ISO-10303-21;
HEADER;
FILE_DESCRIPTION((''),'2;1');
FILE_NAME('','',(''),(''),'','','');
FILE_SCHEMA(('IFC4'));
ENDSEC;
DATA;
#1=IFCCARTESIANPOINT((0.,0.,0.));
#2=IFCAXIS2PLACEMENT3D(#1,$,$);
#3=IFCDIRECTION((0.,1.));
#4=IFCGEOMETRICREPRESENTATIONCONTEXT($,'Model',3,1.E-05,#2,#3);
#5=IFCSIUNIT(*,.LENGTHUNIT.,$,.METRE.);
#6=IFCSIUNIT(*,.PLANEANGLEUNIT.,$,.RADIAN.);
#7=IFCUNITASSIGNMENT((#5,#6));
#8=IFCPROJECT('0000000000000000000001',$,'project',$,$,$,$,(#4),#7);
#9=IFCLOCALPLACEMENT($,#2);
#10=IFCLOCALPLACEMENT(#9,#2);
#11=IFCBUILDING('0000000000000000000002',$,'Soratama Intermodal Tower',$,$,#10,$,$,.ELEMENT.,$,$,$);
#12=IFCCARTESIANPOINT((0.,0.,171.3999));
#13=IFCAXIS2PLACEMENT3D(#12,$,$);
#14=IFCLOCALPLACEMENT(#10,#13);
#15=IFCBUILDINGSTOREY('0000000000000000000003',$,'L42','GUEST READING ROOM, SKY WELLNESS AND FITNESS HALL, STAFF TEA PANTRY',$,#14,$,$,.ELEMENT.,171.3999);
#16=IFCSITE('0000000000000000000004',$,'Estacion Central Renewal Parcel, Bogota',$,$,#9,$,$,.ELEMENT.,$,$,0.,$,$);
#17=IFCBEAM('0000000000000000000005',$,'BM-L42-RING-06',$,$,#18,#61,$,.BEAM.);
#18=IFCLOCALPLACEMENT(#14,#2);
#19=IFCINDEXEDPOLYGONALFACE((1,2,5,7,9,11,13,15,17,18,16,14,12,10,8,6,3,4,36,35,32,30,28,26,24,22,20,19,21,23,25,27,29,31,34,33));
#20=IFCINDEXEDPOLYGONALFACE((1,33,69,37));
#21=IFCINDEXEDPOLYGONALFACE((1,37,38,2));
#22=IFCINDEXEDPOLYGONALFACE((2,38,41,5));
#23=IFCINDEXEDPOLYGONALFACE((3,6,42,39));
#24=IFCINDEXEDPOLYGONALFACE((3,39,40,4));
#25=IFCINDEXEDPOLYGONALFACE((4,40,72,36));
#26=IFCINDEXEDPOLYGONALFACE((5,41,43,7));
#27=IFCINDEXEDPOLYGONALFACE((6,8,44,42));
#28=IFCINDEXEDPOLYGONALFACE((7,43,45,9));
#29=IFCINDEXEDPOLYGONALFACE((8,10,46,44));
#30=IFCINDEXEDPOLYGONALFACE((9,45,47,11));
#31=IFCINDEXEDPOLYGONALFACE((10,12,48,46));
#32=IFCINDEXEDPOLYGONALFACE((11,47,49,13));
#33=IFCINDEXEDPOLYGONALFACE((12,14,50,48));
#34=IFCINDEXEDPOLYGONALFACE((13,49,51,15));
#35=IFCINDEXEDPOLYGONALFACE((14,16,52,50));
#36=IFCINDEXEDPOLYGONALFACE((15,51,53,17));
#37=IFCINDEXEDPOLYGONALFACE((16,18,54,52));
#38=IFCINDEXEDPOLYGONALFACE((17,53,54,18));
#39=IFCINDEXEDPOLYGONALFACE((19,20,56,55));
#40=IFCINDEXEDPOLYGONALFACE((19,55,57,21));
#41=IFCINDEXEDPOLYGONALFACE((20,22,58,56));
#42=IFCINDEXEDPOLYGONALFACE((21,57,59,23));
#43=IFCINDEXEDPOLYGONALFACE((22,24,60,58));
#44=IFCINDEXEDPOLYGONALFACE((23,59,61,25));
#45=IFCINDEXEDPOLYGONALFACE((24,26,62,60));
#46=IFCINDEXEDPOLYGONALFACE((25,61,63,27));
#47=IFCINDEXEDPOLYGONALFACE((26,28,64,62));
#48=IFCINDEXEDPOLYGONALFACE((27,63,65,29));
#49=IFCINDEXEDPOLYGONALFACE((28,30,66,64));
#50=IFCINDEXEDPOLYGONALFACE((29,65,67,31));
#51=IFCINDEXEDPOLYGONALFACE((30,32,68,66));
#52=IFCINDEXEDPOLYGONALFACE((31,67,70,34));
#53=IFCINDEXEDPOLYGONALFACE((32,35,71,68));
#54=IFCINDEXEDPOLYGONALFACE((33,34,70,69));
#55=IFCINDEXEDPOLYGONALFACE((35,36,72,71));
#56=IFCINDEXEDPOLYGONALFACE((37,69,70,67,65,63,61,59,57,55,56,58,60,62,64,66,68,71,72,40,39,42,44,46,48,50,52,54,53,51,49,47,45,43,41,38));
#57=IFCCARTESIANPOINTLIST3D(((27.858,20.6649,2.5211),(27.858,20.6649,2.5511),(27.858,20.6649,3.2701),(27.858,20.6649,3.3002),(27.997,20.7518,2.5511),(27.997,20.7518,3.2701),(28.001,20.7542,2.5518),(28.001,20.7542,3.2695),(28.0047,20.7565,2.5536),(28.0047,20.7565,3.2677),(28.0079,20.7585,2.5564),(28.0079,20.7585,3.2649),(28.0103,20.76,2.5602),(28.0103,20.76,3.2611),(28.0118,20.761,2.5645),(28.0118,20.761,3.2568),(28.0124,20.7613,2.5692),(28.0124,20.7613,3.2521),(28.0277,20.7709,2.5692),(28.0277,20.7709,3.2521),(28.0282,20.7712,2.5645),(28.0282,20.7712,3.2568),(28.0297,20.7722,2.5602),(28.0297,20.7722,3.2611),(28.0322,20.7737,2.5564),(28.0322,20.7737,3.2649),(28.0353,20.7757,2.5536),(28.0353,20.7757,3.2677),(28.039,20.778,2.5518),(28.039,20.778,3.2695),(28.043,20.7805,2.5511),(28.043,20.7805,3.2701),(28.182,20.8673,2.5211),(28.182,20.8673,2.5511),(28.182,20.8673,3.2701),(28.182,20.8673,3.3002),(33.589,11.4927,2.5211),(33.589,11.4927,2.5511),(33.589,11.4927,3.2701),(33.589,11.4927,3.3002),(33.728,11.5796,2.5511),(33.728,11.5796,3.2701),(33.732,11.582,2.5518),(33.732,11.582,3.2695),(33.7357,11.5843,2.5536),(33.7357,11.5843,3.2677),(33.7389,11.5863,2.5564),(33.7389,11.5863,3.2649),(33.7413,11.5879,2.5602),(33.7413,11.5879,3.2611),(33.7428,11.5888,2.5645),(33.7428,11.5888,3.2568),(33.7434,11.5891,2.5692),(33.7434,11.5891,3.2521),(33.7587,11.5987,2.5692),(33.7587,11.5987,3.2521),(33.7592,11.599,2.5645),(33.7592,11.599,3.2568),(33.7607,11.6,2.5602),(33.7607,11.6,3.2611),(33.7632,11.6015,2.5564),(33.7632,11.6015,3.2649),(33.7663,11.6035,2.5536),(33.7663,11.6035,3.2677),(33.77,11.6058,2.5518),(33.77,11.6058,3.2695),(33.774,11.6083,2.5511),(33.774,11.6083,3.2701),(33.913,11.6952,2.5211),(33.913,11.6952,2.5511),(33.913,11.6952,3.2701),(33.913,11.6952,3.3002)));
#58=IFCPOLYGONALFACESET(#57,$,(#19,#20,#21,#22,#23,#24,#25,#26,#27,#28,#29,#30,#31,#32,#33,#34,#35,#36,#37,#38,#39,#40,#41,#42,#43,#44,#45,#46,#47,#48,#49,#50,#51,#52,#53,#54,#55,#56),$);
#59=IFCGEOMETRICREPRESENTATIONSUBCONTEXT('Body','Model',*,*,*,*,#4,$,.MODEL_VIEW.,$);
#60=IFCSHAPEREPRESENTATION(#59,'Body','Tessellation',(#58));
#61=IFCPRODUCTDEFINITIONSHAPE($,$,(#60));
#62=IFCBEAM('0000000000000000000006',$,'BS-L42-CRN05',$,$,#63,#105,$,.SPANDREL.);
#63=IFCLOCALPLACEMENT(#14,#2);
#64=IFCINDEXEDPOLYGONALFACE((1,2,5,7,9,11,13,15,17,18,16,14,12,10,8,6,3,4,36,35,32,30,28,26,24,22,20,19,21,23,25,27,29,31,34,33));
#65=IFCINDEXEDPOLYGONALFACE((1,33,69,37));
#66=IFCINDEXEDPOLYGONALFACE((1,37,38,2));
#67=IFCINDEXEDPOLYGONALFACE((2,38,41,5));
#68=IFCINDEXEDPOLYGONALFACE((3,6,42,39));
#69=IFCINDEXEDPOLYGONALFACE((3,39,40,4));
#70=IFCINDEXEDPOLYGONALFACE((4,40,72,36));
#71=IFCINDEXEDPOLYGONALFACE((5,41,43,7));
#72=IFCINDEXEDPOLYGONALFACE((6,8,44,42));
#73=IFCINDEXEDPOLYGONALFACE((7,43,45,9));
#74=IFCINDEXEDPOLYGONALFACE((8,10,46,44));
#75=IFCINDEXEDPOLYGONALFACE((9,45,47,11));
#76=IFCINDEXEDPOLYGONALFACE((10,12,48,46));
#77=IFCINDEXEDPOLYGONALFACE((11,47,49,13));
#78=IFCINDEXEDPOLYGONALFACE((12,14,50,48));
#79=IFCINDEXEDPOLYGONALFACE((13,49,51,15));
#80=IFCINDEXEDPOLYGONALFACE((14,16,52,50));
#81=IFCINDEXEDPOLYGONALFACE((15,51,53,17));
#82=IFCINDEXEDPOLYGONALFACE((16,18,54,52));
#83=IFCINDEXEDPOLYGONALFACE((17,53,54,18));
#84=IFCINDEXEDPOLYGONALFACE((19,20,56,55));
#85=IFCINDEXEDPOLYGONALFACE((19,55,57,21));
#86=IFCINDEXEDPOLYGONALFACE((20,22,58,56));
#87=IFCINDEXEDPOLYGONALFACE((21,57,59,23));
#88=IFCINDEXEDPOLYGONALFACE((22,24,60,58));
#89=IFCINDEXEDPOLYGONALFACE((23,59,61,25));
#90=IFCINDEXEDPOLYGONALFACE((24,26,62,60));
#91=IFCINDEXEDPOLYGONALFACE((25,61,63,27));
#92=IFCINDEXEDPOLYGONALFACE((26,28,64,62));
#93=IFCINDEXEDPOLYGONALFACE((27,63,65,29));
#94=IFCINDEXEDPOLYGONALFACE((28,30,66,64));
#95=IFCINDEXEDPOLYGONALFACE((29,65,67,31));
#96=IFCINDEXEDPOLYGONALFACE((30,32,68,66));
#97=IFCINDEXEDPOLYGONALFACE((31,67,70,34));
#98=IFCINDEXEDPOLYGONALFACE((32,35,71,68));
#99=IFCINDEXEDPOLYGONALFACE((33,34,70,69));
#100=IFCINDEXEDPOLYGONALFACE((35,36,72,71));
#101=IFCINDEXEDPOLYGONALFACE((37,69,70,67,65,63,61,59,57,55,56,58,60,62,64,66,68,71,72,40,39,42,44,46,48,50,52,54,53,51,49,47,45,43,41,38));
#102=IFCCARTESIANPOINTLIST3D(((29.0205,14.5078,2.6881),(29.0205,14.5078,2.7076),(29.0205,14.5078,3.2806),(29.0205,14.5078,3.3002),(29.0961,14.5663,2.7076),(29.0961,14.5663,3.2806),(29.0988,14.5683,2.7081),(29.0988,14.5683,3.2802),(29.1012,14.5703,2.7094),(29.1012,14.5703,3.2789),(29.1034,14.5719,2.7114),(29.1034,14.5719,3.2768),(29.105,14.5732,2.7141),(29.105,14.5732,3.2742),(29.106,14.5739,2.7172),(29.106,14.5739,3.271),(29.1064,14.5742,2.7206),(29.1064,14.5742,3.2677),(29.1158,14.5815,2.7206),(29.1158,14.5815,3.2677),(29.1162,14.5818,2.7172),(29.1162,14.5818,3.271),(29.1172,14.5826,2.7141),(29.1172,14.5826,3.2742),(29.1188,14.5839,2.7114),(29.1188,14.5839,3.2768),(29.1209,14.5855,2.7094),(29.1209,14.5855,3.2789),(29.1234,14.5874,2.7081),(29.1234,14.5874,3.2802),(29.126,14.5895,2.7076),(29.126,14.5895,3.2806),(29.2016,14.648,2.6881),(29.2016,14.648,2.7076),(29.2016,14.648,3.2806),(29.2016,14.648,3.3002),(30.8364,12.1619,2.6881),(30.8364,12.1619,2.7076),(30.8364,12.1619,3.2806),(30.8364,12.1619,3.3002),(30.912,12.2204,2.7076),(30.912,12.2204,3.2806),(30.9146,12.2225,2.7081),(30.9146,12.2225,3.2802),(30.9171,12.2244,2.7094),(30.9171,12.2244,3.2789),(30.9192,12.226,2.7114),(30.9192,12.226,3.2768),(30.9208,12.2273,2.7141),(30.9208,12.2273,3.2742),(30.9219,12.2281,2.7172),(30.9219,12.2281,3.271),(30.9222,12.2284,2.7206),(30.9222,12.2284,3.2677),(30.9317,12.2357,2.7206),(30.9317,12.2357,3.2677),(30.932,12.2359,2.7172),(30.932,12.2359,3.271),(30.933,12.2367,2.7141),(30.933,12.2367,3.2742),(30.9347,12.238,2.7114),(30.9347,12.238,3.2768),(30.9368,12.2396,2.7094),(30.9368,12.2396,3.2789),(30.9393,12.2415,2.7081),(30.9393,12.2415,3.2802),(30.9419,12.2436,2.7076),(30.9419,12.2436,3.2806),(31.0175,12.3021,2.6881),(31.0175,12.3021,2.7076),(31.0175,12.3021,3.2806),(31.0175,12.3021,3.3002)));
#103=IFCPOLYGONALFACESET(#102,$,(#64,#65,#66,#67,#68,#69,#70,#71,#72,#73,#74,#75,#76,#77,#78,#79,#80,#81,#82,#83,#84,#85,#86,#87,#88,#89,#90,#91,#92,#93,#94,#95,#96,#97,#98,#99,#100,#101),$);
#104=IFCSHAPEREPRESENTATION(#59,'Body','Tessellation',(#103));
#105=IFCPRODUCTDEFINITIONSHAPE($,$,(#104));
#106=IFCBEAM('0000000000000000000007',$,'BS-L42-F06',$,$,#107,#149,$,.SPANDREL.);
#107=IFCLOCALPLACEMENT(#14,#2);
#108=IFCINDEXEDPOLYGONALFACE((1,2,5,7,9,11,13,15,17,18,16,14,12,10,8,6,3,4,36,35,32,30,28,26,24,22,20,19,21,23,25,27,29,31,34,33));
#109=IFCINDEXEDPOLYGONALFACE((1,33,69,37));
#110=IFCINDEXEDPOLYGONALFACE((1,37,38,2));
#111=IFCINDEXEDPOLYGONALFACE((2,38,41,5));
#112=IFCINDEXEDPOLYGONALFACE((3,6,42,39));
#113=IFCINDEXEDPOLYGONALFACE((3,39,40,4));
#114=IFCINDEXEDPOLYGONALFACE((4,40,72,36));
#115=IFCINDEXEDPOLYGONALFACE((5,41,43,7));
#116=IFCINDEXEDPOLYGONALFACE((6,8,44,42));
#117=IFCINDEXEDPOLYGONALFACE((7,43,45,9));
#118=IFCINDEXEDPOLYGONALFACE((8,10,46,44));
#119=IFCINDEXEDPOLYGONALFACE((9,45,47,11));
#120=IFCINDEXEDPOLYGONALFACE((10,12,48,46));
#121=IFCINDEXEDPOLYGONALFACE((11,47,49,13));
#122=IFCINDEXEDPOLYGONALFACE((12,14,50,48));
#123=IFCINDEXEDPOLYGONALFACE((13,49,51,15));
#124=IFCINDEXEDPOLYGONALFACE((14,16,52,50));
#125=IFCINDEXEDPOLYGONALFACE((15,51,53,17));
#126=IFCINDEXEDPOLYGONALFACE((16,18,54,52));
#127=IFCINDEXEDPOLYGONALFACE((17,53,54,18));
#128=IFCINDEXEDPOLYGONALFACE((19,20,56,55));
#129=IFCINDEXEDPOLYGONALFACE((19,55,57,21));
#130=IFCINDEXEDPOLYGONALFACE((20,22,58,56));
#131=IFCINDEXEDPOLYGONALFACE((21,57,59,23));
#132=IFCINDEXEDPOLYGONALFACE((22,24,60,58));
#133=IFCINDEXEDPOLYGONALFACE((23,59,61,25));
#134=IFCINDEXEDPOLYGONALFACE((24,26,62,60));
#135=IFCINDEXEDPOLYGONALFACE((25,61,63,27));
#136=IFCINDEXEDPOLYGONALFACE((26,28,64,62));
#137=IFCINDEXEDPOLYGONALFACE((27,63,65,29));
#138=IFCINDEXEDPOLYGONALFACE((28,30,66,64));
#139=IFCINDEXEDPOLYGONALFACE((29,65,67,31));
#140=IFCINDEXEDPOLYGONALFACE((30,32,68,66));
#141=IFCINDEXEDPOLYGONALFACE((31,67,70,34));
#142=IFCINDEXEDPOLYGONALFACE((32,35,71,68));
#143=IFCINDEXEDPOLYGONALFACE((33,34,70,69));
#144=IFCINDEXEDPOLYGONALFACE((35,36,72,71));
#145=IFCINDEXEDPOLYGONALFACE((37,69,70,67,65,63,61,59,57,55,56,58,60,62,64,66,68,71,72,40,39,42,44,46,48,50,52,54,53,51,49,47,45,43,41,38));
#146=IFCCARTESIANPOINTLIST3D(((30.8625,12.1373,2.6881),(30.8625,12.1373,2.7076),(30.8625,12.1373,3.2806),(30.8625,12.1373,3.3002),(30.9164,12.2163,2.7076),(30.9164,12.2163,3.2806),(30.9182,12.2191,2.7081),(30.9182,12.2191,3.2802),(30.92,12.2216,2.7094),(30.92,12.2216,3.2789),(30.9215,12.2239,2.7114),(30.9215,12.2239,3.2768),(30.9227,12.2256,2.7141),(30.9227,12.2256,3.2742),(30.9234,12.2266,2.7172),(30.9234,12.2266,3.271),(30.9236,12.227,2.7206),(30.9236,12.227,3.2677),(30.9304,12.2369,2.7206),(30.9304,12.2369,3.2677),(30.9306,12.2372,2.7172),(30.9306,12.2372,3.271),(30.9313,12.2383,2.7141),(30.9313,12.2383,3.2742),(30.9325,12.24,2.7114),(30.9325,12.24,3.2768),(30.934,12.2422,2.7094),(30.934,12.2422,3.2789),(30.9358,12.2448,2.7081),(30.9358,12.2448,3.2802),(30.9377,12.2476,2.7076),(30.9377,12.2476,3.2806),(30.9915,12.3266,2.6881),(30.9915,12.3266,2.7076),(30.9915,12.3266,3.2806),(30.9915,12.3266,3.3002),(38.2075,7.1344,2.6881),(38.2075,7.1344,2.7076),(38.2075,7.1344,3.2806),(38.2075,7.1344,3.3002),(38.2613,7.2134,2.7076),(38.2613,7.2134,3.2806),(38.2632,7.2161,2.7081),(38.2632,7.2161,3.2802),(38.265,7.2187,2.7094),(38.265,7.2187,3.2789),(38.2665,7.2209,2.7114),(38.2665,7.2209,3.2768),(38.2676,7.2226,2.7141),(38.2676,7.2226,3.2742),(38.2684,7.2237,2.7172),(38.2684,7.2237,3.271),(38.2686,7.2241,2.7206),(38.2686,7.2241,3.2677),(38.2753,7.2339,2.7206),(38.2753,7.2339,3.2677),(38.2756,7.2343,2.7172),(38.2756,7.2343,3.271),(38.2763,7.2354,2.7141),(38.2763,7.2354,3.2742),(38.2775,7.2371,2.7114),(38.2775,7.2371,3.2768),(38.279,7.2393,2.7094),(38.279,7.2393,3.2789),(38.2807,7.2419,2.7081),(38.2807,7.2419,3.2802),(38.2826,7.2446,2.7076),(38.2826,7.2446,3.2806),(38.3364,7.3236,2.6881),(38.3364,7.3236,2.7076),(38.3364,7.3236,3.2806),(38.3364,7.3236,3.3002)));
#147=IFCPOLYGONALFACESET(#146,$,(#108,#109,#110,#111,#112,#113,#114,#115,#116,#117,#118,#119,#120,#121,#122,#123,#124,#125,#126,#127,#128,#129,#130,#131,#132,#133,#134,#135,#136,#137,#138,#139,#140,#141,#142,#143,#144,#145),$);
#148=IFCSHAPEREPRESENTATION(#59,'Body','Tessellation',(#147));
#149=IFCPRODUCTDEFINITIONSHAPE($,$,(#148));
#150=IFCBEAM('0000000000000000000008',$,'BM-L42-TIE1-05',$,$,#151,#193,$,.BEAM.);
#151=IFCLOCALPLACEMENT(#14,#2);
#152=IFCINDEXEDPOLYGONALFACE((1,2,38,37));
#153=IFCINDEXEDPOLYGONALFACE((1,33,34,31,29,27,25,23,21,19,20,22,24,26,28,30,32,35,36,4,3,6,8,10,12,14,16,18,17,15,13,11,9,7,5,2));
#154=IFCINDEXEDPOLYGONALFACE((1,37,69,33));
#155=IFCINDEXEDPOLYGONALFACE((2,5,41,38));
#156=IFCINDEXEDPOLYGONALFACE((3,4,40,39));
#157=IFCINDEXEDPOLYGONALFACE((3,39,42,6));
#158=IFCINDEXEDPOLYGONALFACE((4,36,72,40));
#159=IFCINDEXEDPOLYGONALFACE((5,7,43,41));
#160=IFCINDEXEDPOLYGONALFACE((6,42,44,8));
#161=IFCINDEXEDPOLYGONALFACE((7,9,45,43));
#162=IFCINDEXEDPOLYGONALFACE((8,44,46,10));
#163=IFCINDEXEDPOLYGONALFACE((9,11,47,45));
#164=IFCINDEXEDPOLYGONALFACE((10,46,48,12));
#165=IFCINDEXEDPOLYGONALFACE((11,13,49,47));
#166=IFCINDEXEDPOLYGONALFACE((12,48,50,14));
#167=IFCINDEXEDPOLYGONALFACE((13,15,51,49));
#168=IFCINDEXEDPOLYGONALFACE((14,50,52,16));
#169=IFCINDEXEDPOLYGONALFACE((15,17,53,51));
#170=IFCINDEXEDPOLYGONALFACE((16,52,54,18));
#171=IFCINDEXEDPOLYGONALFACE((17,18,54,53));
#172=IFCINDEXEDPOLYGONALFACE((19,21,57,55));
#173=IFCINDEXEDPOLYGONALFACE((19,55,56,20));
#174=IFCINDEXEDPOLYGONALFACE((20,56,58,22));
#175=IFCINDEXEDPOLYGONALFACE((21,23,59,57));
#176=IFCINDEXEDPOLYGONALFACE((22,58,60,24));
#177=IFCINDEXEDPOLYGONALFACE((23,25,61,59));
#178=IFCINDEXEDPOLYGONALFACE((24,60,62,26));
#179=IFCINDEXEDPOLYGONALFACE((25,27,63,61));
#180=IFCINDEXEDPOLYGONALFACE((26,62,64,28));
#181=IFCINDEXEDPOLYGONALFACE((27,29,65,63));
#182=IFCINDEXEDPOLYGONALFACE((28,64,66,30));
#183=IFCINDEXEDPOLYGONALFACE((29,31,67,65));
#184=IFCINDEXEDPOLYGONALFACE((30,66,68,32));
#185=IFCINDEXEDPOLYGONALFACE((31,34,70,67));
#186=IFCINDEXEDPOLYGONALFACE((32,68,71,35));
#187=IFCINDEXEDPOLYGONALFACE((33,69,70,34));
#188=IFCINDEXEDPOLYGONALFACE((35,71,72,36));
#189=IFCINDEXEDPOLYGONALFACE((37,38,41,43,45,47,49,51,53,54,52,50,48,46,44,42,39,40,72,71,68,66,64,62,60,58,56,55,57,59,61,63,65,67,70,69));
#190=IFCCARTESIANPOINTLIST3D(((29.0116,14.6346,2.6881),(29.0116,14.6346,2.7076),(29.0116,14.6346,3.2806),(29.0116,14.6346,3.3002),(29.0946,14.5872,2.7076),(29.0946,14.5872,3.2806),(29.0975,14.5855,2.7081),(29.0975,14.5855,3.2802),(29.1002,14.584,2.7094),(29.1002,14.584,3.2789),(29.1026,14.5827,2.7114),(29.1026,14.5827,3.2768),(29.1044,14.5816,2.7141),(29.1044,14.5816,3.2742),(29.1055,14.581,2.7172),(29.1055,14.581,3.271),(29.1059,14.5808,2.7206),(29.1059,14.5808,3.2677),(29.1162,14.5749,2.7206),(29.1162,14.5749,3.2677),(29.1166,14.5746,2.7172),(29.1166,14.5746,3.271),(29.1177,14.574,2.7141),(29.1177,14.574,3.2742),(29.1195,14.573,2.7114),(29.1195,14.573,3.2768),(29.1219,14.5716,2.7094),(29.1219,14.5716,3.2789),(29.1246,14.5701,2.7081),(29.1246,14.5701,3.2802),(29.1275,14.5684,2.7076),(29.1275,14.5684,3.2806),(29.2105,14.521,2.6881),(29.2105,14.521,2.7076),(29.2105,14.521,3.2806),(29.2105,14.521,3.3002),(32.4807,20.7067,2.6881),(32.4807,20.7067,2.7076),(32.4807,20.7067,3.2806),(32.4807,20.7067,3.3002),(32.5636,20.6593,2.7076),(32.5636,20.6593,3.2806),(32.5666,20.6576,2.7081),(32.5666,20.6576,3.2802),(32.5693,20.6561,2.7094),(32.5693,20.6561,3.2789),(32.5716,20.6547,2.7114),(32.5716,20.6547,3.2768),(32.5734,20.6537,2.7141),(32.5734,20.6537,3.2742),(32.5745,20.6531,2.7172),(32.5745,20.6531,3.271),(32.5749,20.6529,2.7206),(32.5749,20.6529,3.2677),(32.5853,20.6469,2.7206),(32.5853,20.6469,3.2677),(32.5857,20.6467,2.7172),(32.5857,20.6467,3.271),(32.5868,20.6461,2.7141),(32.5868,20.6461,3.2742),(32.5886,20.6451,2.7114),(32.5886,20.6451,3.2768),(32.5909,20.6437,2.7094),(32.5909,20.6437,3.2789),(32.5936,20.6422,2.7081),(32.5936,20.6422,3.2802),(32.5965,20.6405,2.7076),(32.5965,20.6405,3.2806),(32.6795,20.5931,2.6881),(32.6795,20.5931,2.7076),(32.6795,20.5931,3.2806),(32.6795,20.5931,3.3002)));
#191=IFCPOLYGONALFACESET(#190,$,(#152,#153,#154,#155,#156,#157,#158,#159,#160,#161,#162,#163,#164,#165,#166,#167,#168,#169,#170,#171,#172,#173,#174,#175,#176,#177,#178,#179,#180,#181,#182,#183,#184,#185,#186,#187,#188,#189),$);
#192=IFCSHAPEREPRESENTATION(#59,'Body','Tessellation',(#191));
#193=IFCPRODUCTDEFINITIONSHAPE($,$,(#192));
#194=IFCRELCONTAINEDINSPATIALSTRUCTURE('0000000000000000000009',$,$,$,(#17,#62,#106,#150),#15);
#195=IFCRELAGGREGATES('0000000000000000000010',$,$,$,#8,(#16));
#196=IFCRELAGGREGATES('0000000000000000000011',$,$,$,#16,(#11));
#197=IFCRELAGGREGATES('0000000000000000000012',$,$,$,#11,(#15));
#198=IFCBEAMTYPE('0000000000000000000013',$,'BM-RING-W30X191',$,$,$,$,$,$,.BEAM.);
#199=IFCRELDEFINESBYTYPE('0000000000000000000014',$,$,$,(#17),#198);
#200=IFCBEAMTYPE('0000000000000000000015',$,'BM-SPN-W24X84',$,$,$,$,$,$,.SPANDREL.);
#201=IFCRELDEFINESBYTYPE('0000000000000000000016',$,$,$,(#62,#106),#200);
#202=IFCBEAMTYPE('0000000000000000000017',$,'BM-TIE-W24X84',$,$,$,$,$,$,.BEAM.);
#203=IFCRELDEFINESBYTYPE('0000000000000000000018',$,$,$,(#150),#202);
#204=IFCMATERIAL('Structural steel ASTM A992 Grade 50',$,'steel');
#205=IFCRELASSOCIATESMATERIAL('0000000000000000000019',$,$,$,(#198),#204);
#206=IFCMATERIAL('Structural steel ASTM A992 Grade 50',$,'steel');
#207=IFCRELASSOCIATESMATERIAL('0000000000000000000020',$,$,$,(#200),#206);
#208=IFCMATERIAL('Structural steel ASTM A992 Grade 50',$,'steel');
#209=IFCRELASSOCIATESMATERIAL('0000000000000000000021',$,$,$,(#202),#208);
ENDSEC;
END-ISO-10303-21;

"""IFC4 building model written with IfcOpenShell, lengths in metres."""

from ifc_helpers import new_model, si_unit, direction, frame, origin, origin_2d, place, context, subcontext, project, spatial, i_section, extrude, material, material_profile, profile_set, type_object, element, save


model = new_model("IFC4")

# Units and contexts
model_context = context("Model", 3, precision=1e-05, world=origin(), true_north=direction((0.0, 1.0)))
body_context = subcontext(model_context, "Body", "Model", "MODEL_VIEW")
ifc_project = project(units=[si_unit("LENGTHUNIT", "METRE"), si_unit("PLANEANGLEUNIT", "RADIAN")], contexts=[model_context])

# Site, building, storey
site_placement = place(None, origin())
site = spatial("IfcSite", under=ifc_project, at=site_placement, Name="Estacion Central Renewal Parcel, Bogota", CompositionType="ELEMENT", RefElevation=0.0)
building_placement = place(site_placement, origin())
building = spatial("IfcBuilding", under=site, at=building_placement, Name="Soratama Intermodal Tower", CompositionType="ELEMENT")
storey_placement = place(building_placement, frame((0.0, 0.0, 171.3999)))
storey = spatial("IfcBuildingStorey", under=building, at=storey_placement, Name="L42", Description="GUEST READING ROOM, SKY WELLNESS AND FITNESS HALL, STAFF TEA PANTRY", CompositionType="ELEMENT", Elevation=171.3999)

# Beams
ifc_material_1 = material(Name="Structural steel ASTM A992 Grade 50", Category="steel")
ifc_material_profile_1 = material_profile(ifc_material_1, i_section(OverallWidth=0.3821, OverallDepth=0.7791, WebThickness=0.0181, FlangeThickness=0.03, FilletRadius=0.0181, at=origin_2d()), Name="W30X191")
ifc_profile_set_1 = profile_set([ifc_material_profile_1], Name="Structural steel ASTM A992 Grade 50")
beam_type_1 = type_object("IfcBeamType", Name="BM-RING-W30X191", PredefinedType="BEAM", material=ifc_profile_set_1)
beam_1_placement = place(storey_placement, frame((28.02, 20.7661, 2.9106), z_axis=(0.529891, -0.848066, 0.0), x_axis=(0.848066, 0.529891, 0.0)))
element("IfcBeam", 1, at=beam_1_placement, inside=storey, type_object=beam_type_1, Name="BM-L42-RING-06", PredefinedType="BEAM", context=body_context, shape_type="SweptSolid", body=[
    extrude(i_section(OverallWidth=0.3821, OverallDepth=0.7791, WebThickness=0.0181, FlangeThickness=0.03, FilletRadius=0.0181, at=origin_2d()), origin(), (0.0, 0.0, 1.0), 10.8154),
])
ifc_material_2 = material(Name="Structural steel ASTM A992 Grade 50", Category="steel")
ifc_material_profile_2 = material_profile(ifc_material_2, i_section(OverallWidth=0.229, OverallDepth=0.6121, WebThickness=0.012, FlangeThickness=0.0195, FilletRadius=0.0129, at=origin_2d()), Name="W24X84")
ifc_profile_set_2 = profile_set([ifc_material_profile_2], Name="Structural steel ASTM A992 Grade 50")
beam_type_2 = type_object("IfcBeamType", Name="BM-SPN-W24X84", PredefinedType="SPANDREL", material=ifc_profile_set_2)
beam_2_placement = place(storey_placement, frame((29.1111, 14.5779, 2.9941), z_axis=(0.61211, -0.790773, 0.0), x_axis=(0.790773, 0.61211, 0.0)))
element("IfcBeam", 2, at=beam_2_placement, inside=storey, type_object=beam_type_2, Name="BS-L42-CRN05", PredefinedType="SPANDREL", context=body_context, shape_type="SweptSolid", body=[
    extrude(i_section(OverallWidth=0.229, OverallDepth=0.6121, WebThickness=0.012, FlangeThickness=0.0195, FilletRadius=0.0129, at=origin_2d()), origin(), (0.0, 0.0, 1.0), 2.9666),
])
beam_3_placement = place(storey_placement, frame((30.927, 12.2319, 2.9941), z_axis=(0.826489, -0.562952, 0.0), x_axis=(0.562952, 0.826489, 0.0)))
element("IfcBeam", 3, at=beam_3_placement, inside=storey, type_object=beam_type_2, Name="BS-L42-F06", PredefinedType="SPANDREL", context=body_context, shape_type="SweptSolid", body=[
    extrude(i_section(OverallWidth=0.229, OverallDepth=0.6121, WebThickness=0.012, FlangeThickness=0.0195, FilletRadius=0.0129, at=origin_2d()), origin(), (0.0, 0.0, 1.0), 8.887),
])
ifc_material_3 = material(Name="Structural steel ASTM A992 Grade 50", Category="steel")
ifc_material_profile_3 = material_profile(ifc_material_3, i_section(OverallWidth=0.229, OverallDepth=0.6121, WebThickness=0.012, FlangeThickness=0.0195, FilletRadius=0.0129, at=origin_2d()), Name="W24X84")
ifc_profile_set_3 = profile_set([ifc_material_profile_3], Name="Structural steel ASTM A992 Grade 50")
beam_type_3 = type_object("IfcBeamType", Name="BM-TIE-W24X84", PredefinedType="BEAM", material=ifc_profile_set_3)
beam_4_placement = place(storey_placement, frame((32.5801, 20.6499, 2.9941), z_axis=(-0.49606, -0.868288, 0.0), x_axis=(0.868288, -0.49606, 0.0)))
element("IfcBeam", 4, at=beam_4_placement, inside=storey, type_object=beam_type_3, Name="BM-L42-TIE1-05", PredefinedType="BEAM", context=body_context, shape_type="SweptSolid", body=[
    extrude(i_section(OverallWidth=0.229, OverallDepth=0.6121, WebThickness=0.012, FlangeThickness=0.0195, FilletRadius=0.0129, at=origin_2d()), origin(), (0.0, 0.0, 1.0), 6.9932),
])

save(model, "model.ifc")
